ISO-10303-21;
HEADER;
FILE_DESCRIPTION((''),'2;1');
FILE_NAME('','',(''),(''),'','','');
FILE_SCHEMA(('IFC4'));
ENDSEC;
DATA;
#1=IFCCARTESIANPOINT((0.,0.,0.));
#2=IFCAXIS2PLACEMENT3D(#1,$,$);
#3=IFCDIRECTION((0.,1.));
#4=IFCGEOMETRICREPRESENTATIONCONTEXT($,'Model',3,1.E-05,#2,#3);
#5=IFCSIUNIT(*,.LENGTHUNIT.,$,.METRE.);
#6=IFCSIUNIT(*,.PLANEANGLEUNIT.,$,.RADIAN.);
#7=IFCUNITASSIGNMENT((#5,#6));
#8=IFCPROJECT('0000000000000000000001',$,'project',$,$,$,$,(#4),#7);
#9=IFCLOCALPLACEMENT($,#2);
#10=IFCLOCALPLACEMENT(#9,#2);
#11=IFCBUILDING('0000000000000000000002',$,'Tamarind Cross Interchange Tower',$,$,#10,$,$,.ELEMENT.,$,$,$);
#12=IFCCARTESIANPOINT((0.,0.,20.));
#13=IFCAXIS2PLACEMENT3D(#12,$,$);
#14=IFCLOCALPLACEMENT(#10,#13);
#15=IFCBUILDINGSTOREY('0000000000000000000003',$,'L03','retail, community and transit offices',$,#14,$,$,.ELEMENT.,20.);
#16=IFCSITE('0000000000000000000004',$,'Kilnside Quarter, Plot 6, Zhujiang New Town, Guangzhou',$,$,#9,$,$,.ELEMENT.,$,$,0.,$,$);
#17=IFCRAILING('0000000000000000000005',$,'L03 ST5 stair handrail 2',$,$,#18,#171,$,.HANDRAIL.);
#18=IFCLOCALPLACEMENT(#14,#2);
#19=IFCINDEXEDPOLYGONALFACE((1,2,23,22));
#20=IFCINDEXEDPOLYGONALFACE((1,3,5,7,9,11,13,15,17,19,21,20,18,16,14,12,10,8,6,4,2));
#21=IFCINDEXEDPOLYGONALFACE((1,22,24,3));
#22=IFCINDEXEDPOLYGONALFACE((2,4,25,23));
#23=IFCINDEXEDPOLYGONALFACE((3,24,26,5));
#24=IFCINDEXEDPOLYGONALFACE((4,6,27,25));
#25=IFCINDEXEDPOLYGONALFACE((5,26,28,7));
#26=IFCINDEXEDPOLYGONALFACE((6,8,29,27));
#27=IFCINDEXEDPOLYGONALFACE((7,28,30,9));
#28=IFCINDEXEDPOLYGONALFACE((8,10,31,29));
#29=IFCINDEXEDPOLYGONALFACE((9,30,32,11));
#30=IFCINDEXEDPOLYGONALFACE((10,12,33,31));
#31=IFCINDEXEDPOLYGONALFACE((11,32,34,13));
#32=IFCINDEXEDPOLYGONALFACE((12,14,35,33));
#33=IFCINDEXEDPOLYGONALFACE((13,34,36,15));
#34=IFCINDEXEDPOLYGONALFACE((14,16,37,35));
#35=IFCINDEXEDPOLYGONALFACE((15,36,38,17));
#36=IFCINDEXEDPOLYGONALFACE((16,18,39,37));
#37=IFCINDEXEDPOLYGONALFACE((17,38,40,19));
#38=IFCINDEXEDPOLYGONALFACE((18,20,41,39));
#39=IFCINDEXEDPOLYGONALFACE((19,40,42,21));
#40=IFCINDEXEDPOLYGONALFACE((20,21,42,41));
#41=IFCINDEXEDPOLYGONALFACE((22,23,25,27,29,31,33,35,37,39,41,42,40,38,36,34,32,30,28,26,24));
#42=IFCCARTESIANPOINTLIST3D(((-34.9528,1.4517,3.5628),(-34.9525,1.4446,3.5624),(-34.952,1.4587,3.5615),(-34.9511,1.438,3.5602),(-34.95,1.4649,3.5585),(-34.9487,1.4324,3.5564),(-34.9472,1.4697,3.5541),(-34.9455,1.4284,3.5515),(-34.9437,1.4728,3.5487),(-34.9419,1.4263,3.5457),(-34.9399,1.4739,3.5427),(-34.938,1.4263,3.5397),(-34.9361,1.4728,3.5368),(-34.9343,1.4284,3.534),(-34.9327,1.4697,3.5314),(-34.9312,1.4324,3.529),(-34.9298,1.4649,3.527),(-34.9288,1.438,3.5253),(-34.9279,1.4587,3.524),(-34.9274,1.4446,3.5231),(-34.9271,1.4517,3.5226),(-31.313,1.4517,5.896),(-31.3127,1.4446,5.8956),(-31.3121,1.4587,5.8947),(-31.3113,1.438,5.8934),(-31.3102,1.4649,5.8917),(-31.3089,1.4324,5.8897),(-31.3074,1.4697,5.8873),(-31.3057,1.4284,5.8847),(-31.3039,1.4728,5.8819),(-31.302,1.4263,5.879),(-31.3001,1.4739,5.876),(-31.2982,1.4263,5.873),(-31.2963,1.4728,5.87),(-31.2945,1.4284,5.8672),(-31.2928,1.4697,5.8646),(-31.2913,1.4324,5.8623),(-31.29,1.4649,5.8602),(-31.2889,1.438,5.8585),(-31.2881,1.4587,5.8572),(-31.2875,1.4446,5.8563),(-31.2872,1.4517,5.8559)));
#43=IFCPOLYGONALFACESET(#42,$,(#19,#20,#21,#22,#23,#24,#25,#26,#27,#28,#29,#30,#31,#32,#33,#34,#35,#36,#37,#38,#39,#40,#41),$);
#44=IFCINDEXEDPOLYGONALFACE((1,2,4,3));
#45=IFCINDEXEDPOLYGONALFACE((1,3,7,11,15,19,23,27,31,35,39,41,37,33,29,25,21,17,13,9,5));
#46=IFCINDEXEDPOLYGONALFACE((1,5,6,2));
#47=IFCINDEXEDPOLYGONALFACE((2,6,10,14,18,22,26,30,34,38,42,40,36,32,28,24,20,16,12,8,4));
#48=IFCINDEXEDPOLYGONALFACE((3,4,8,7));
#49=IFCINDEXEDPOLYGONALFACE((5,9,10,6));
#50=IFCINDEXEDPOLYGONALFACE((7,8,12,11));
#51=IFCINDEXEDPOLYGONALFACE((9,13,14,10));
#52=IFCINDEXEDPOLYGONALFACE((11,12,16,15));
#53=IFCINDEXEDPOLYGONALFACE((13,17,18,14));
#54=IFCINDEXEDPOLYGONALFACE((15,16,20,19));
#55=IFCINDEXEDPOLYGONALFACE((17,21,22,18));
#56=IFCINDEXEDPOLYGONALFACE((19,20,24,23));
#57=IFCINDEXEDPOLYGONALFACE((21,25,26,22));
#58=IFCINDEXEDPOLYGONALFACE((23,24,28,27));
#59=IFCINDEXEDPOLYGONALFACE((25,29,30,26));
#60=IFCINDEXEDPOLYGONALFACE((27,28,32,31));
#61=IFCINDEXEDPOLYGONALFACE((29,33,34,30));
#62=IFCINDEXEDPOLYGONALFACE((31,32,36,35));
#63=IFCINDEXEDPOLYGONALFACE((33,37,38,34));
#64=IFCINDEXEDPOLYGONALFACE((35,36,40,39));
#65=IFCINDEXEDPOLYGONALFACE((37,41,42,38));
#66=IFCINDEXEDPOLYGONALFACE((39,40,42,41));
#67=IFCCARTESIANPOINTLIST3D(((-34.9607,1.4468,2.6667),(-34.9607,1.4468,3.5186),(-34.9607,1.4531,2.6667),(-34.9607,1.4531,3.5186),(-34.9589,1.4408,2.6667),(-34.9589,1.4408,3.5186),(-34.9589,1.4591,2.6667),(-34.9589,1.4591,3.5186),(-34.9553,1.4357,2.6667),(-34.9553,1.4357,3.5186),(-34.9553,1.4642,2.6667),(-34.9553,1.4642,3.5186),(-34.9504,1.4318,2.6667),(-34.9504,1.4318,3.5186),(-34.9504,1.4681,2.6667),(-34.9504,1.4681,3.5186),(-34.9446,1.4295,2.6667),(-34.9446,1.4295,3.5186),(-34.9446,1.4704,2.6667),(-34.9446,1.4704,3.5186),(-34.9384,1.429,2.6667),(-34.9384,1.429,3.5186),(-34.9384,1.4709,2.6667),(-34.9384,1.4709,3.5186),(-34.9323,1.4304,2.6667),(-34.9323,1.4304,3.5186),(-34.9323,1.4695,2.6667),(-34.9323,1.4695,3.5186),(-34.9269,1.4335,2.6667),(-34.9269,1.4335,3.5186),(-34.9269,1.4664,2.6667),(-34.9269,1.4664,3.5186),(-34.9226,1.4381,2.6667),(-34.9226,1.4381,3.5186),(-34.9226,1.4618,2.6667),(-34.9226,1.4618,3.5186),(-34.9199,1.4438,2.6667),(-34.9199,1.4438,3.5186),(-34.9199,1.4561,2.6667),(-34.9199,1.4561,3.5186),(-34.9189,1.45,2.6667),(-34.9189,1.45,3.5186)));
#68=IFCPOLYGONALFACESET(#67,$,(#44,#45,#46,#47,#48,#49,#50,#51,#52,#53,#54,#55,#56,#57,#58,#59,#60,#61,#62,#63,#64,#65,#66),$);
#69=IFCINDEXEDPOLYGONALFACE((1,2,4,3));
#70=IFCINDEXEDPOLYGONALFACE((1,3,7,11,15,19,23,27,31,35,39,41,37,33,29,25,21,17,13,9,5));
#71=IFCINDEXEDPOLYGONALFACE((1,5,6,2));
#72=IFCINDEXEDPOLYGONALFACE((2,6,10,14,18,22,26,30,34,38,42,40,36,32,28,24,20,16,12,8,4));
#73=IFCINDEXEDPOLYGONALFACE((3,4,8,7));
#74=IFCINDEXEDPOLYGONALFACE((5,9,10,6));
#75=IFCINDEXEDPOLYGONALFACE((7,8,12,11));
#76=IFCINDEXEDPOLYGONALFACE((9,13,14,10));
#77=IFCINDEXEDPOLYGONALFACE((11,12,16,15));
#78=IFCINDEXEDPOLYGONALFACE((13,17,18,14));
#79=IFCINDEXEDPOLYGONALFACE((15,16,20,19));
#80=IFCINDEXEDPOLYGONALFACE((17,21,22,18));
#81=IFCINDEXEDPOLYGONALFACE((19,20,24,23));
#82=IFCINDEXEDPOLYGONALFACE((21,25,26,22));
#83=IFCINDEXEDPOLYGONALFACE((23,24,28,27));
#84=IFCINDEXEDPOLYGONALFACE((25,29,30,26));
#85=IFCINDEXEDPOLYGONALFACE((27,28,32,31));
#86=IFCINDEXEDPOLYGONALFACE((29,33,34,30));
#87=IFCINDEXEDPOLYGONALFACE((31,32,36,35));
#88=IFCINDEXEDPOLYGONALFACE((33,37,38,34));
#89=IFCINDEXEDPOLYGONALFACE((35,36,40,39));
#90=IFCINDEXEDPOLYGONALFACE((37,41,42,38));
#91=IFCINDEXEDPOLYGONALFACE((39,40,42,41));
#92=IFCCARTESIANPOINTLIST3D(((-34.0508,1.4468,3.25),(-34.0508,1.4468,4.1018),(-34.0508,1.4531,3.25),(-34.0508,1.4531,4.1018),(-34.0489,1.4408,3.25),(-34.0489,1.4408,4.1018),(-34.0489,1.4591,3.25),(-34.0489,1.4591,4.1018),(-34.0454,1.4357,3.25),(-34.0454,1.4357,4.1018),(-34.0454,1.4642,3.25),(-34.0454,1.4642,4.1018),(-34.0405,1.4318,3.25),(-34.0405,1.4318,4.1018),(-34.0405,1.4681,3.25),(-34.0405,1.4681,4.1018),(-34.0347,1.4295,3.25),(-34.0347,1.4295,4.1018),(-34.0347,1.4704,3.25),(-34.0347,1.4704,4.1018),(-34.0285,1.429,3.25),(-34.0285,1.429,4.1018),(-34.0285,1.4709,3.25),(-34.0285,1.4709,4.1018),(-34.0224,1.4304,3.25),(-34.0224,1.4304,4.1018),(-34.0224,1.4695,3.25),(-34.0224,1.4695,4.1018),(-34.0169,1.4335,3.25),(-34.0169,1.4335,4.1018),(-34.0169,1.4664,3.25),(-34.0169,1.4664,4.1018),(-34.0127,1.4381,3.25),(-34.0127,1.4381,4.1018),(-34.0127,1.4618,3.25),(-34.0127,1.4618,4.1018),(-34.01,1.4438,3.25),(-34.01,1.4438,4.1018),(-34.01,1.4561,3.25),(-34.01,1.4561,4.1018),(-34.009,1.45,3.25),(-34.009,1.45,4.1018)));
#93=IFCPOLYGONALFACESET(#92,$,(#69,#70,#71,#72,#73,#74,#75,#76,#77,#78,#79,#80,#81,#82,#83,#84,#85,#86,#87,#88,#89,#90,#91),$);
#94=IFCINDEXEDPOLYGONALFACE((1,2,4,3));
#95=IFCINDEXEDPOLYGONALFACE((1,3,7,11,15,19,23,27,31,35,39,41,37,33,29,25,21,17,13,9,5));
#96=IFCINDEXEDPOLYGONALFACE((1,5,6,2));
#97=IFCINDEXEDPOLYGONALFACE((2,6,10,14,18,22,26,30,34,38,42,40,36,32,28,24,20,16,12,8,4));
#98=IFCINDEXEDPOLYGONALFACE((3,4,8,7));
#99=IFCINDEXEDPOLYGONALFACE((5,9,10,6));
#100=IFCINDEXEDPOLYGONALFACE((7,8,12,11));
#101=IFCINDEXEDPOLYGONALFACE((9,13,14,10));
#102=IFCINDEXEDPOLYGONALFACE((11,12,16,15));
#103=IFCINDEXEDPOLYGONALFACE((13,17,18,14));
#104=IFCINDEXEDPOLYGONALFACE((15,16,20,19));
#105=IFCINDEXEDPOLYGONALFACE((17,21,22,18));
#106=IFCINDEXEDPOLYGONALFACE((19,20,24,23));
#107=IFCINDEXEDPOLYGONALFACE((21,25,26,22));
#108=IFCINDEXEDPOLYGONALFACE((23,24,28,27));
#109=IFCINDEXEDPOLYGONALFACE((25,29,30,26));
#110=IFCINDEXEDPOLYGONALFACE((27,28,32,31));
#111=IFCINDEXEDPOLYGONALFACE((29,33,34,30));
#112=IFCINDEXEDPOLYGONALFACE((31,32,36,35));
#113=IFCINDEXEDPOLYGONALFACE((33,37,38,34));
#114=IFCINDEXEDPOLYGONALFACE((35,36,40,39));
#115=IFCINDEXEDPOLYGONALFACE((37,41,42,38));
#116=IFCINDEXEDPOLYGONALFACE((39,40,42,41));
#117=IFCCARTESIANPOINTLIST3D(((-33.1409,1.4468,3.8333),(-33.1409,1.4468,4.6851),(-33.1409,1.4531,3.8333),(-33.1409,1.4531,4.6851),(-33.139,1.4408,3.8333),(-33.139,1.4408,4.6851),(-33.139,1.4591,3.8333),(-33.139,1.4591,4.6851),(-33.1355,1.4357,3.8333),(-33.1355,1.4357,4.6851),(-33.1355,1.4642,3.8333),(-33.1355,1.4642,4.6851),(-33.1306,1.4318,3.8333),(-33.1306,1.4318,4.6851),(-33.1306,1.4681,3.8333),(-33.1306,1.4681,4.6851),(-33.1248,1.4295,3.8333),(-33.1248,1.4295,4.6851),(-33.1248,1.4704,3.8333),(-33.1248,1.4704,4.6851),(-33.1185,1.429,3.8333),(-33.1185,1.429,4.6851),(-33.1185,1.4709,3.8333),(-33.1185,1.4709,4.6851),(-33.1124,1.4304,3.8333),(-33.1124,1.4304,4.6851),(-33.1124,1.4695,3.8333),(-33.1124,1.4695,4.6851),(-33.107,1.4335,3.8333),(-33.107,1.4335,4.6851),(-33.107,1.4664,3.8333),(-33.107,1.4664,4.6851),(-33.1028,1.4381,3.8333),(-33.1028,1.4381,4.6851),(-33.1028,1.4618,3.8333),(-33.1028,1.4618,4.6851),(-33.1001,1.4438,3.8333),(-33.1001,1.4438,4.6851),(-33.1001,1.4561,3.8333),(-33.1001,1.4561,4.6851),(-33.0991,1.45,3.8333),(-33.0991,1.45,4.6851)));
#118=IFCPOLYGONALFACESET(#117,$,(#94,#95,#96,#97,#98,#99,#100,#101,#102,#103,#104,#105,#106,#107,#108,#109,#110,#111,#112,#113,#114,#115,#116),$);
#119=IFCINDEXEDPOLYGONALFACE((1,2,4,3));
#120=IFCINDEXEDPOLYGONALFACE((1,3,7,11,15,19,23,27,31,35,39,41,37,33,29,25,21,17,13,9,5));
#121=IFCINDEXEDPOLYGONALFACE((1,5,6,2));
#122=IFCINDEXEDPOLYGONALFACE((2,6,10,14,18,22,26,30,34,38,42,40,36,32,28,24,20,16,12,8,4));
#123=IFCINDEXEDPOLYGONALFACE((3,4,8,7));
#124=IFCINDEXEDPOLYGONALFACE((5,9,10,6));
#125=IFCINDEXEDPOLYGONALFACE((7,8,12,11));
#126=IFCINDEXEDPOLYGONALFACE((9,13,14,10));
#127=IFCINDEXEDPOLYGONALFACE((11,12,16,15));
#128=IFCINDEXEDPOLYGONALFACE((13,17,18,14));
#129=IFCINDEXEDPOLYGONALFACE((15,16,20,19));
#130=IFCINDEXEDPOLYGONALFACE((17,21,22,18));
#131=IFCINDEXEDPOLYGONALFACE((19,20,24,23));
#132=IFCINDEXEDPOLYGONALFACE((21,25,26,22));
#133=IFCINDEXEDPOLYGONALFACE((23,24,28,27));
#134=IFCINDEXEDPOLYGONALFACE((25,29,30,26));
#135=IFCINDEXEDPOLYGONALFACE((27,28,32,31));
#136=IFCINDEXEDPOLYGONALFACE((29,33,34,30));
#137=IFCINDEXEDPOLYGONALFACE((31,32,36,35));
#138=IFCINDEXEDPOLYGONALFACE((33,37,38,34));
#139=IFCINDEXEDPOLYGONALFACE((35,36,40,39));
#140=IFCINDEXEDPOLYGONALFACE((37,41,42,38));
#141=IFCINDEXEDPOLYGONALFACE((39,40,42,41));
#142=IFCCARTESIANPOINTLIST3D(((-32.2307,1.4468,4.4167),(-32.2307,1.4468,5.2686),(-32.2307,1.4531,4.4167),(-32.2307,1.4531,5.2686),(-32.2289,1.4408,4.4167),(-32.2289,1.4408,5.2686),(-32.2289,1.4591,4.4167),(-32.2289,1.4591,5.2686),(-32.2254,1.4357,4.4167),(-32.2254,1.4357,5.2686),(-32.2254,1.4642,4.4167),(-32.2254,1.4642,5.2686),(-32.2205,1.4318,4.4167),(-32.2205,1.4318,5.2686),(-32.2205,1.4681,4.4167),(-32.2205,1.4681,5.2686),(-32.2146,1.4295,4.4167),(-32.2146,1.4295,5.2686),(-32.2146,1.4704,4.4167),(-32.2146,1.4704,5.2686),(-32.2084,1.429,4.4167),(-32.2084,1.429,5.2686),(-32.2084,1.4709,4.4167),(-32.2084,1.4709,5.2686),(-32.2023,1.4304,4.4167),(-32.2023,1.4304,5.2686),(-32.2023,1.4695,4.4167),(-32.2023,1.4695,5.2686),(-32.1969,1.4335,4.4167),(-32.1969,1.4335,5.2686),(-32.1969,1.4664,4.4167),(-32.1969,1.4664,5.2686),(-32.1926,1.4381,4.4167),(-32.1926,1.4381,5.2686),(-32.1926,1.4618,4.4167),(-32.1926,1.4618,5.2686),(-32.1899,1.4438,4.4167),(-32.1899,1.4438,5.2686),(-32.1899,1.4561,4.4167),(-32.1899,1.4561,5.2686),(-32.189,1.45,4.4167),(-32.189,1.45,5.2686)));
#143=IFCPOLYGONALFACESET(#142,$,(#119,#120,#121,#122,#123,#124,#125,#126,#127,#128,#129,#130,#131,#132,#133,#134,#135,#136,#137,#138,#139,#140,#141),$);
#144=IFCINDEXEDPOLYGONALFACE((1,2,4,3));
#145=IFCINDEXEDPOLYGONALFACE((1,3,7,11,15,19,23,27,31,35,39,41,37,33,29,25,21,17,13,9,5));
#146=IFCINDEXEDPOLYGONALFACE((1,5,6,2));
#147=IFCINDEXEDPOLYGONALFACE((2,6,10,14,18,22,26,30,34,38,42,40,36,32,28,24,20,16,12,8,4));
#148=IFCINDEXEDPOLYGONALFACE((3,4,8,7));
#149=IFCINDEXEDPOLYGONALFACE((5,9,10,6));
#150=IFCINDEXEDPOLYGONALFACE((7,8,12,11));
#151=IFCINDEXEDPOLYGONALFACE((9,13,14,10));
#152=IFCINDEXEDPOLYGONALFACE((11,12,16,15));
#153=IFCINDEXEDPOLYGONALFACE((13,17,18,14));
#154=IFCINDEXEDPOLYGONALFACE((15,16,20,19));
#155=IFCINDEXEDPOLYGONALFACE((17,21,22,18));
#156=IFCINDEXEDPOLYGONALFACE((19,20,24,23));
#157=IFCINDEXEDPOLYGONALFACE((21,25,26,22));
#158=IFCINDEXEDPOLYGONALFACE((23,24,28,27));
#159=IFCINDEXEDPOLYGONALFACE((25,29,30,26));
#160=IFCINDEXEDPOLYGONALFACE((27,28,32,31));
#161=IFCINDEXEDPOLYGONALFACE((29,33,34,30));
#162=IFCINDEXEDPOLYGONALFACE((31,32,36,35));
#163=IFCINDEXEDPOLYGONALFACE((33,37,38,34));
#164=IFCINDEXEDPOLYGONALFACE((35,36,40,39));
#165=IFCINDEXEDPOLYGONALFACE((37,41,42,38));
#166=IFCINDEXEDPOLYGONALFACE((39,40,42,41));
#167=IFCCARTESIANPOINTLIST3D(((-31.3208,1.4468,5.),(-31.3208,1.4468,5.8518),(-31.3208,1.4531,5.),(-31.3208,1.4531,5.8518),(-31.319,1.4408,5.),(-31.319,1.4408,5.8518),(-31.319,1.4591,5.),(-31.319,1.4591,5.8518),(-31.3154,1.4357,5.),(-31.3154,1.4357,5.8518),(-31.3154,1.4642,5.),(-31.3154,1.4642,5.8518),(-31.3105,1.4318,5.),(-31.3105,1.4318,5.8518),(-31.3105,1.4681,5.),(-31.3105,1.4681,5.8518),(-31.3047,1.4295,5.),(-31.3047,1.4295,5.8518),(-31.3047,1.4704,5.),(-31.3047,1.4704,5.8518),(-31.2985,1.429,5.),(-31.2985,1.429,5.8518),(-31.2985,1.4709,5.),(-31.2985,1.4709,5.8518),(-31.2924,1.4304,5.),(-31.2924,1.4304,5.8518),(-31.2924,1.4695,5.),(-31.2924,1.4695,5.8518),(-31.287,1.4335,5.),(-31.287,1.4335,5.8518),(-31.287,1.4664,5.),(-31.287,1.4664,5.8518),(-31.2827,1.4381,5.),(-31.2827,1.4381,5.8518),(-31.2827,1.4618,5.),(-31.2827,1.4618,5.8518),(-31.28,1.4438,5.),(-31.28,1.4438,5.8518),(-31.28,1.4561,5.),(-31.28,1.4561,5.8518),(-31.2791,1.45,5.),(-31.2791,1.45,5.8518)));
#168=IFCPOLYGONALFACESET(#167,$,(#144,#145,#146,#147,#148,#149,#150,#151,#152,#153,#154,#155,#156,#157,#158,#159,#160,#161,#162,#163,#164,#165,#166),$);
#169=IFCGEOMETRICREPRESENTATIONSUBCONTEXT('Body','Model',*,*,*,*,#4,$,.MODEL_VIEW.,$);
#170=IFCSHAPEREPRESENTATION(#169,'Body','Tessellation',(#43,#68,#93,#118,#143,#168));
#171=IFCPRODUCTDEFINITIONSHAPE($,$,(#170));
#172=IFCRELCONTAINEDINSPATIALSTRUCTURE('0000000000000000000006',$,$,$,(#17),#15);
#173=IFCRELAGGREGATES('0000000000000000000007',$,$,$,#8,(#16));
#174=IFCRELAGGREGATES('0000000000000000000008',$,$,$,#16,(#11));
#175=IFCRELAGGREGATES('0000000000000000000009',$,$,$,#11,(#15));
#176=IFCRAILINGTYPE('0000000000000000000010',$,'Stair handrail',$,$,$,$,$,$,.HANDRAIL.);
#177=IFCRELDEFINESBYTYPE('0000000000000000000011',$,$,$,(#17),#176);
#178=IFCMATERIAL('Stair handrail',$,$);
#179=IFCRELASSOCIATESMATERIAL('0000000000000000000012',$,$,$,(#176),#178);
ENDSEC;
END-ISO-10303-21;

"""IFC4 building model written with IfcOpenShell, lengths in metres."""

from ifc_helpers import new_model, si_unit, direction, frame, origin, origin_2d, place, context, subcontext, project, spatial, circle, extrude, material, type_object, element, save


model = new_model("IFC4")

# Units and contexts
model_context = context("Model", 3, precision=1e-05, world=origin(), true_north=direction((0.0, 1.0)))
body_context = subcontext(model_context, "Body", "Model", "MODEL_VIEW")
ifc_project = project(units=[si_unit("LENGTHUNIT", "METRE"), si_unit("PLANEANGLEUNIT", "RADIAN")], contexts=[model_context])

# Site, building, storey
site_placement = place(None, origin())
site = spatial("IfcSite", under=ifc_project, at=site_placement, Name="Kilnside Quarter, Plot 6, Zhujiang New Town, Guangzhou", CompositionType="ELEMENT", RefElevation=0.0)
building_placement = place(site_placement, origin())
building = spatial("IfcBuilding", under=site, at=building_placement, Name="Tamarind Cross Interchange Tower", CompositionType="ELEMENT")
storey_placement = place(building_placement, frame((0.0, 0.0, 20.0)))
storey = spatial("IfcBuildingStorey", under=building, at=storey_placement, Name="L03", Description="retail, community and transit offices", CompositionType="ELEMENT", Elevation=20.0)

# Railing
ifc_material_1 = material(Name="Stair handrail")
railing_type_1 = type_object("IfcRailingType", Name="Stair handrail", PredefinedType="HANDRAIL", material=ifc_material_1)
railing_1_placement = place(storey_placement, frame((-34.9399, 1.45, 2.6667)))
element("IfcRailing", 1, at=railing_1_placement, inside=storey, type_object=railing_type_1, Name="L03 ST5 stair handrail 2", PredefinedType="HANDRAIL", context=body_context, shape_type="SweptSolid", body=[
    extrude(circle(Radius=0.0239, at=origin_2d()), frame((0.0, 0.0, 0.876), z_axis=(0.84188, 0.0, 0.539664), x_axis=(0.0, 1.0, 0.0)), (0.0, 0.0, 1.0), 4.3235),
    extrude(circle(Radius=0.021, at=origin_2d()), origin(), (0.0, 0.0, 1.0), 0.8518),
    extrude(circle(Radius=0.021, at=origin_2d()), frame((0.9099, 0.0, 0.5833)), (0.0, 0.0, 1.0), 0.8518),
    extrude(circle(Radius=0.021, at=origin_2d()), frame((1.8198, 0.0, 1.1665)), (0.0, 0.0, 1.0), 0.8518),
    extrude(circle(Radius=0.021, at=origin_2d()), frame((2.73, 0.0, 1.75)), (0.0, 0.0, 1.0), 0.8518),
    extrude(circle(Radius=0.021, at=origin_2d()), frame((3.6399, 0.0, 2.3333)), (0.0, 0.0, 1.0), 0.8518),
])

save(model, "model.ifc")
